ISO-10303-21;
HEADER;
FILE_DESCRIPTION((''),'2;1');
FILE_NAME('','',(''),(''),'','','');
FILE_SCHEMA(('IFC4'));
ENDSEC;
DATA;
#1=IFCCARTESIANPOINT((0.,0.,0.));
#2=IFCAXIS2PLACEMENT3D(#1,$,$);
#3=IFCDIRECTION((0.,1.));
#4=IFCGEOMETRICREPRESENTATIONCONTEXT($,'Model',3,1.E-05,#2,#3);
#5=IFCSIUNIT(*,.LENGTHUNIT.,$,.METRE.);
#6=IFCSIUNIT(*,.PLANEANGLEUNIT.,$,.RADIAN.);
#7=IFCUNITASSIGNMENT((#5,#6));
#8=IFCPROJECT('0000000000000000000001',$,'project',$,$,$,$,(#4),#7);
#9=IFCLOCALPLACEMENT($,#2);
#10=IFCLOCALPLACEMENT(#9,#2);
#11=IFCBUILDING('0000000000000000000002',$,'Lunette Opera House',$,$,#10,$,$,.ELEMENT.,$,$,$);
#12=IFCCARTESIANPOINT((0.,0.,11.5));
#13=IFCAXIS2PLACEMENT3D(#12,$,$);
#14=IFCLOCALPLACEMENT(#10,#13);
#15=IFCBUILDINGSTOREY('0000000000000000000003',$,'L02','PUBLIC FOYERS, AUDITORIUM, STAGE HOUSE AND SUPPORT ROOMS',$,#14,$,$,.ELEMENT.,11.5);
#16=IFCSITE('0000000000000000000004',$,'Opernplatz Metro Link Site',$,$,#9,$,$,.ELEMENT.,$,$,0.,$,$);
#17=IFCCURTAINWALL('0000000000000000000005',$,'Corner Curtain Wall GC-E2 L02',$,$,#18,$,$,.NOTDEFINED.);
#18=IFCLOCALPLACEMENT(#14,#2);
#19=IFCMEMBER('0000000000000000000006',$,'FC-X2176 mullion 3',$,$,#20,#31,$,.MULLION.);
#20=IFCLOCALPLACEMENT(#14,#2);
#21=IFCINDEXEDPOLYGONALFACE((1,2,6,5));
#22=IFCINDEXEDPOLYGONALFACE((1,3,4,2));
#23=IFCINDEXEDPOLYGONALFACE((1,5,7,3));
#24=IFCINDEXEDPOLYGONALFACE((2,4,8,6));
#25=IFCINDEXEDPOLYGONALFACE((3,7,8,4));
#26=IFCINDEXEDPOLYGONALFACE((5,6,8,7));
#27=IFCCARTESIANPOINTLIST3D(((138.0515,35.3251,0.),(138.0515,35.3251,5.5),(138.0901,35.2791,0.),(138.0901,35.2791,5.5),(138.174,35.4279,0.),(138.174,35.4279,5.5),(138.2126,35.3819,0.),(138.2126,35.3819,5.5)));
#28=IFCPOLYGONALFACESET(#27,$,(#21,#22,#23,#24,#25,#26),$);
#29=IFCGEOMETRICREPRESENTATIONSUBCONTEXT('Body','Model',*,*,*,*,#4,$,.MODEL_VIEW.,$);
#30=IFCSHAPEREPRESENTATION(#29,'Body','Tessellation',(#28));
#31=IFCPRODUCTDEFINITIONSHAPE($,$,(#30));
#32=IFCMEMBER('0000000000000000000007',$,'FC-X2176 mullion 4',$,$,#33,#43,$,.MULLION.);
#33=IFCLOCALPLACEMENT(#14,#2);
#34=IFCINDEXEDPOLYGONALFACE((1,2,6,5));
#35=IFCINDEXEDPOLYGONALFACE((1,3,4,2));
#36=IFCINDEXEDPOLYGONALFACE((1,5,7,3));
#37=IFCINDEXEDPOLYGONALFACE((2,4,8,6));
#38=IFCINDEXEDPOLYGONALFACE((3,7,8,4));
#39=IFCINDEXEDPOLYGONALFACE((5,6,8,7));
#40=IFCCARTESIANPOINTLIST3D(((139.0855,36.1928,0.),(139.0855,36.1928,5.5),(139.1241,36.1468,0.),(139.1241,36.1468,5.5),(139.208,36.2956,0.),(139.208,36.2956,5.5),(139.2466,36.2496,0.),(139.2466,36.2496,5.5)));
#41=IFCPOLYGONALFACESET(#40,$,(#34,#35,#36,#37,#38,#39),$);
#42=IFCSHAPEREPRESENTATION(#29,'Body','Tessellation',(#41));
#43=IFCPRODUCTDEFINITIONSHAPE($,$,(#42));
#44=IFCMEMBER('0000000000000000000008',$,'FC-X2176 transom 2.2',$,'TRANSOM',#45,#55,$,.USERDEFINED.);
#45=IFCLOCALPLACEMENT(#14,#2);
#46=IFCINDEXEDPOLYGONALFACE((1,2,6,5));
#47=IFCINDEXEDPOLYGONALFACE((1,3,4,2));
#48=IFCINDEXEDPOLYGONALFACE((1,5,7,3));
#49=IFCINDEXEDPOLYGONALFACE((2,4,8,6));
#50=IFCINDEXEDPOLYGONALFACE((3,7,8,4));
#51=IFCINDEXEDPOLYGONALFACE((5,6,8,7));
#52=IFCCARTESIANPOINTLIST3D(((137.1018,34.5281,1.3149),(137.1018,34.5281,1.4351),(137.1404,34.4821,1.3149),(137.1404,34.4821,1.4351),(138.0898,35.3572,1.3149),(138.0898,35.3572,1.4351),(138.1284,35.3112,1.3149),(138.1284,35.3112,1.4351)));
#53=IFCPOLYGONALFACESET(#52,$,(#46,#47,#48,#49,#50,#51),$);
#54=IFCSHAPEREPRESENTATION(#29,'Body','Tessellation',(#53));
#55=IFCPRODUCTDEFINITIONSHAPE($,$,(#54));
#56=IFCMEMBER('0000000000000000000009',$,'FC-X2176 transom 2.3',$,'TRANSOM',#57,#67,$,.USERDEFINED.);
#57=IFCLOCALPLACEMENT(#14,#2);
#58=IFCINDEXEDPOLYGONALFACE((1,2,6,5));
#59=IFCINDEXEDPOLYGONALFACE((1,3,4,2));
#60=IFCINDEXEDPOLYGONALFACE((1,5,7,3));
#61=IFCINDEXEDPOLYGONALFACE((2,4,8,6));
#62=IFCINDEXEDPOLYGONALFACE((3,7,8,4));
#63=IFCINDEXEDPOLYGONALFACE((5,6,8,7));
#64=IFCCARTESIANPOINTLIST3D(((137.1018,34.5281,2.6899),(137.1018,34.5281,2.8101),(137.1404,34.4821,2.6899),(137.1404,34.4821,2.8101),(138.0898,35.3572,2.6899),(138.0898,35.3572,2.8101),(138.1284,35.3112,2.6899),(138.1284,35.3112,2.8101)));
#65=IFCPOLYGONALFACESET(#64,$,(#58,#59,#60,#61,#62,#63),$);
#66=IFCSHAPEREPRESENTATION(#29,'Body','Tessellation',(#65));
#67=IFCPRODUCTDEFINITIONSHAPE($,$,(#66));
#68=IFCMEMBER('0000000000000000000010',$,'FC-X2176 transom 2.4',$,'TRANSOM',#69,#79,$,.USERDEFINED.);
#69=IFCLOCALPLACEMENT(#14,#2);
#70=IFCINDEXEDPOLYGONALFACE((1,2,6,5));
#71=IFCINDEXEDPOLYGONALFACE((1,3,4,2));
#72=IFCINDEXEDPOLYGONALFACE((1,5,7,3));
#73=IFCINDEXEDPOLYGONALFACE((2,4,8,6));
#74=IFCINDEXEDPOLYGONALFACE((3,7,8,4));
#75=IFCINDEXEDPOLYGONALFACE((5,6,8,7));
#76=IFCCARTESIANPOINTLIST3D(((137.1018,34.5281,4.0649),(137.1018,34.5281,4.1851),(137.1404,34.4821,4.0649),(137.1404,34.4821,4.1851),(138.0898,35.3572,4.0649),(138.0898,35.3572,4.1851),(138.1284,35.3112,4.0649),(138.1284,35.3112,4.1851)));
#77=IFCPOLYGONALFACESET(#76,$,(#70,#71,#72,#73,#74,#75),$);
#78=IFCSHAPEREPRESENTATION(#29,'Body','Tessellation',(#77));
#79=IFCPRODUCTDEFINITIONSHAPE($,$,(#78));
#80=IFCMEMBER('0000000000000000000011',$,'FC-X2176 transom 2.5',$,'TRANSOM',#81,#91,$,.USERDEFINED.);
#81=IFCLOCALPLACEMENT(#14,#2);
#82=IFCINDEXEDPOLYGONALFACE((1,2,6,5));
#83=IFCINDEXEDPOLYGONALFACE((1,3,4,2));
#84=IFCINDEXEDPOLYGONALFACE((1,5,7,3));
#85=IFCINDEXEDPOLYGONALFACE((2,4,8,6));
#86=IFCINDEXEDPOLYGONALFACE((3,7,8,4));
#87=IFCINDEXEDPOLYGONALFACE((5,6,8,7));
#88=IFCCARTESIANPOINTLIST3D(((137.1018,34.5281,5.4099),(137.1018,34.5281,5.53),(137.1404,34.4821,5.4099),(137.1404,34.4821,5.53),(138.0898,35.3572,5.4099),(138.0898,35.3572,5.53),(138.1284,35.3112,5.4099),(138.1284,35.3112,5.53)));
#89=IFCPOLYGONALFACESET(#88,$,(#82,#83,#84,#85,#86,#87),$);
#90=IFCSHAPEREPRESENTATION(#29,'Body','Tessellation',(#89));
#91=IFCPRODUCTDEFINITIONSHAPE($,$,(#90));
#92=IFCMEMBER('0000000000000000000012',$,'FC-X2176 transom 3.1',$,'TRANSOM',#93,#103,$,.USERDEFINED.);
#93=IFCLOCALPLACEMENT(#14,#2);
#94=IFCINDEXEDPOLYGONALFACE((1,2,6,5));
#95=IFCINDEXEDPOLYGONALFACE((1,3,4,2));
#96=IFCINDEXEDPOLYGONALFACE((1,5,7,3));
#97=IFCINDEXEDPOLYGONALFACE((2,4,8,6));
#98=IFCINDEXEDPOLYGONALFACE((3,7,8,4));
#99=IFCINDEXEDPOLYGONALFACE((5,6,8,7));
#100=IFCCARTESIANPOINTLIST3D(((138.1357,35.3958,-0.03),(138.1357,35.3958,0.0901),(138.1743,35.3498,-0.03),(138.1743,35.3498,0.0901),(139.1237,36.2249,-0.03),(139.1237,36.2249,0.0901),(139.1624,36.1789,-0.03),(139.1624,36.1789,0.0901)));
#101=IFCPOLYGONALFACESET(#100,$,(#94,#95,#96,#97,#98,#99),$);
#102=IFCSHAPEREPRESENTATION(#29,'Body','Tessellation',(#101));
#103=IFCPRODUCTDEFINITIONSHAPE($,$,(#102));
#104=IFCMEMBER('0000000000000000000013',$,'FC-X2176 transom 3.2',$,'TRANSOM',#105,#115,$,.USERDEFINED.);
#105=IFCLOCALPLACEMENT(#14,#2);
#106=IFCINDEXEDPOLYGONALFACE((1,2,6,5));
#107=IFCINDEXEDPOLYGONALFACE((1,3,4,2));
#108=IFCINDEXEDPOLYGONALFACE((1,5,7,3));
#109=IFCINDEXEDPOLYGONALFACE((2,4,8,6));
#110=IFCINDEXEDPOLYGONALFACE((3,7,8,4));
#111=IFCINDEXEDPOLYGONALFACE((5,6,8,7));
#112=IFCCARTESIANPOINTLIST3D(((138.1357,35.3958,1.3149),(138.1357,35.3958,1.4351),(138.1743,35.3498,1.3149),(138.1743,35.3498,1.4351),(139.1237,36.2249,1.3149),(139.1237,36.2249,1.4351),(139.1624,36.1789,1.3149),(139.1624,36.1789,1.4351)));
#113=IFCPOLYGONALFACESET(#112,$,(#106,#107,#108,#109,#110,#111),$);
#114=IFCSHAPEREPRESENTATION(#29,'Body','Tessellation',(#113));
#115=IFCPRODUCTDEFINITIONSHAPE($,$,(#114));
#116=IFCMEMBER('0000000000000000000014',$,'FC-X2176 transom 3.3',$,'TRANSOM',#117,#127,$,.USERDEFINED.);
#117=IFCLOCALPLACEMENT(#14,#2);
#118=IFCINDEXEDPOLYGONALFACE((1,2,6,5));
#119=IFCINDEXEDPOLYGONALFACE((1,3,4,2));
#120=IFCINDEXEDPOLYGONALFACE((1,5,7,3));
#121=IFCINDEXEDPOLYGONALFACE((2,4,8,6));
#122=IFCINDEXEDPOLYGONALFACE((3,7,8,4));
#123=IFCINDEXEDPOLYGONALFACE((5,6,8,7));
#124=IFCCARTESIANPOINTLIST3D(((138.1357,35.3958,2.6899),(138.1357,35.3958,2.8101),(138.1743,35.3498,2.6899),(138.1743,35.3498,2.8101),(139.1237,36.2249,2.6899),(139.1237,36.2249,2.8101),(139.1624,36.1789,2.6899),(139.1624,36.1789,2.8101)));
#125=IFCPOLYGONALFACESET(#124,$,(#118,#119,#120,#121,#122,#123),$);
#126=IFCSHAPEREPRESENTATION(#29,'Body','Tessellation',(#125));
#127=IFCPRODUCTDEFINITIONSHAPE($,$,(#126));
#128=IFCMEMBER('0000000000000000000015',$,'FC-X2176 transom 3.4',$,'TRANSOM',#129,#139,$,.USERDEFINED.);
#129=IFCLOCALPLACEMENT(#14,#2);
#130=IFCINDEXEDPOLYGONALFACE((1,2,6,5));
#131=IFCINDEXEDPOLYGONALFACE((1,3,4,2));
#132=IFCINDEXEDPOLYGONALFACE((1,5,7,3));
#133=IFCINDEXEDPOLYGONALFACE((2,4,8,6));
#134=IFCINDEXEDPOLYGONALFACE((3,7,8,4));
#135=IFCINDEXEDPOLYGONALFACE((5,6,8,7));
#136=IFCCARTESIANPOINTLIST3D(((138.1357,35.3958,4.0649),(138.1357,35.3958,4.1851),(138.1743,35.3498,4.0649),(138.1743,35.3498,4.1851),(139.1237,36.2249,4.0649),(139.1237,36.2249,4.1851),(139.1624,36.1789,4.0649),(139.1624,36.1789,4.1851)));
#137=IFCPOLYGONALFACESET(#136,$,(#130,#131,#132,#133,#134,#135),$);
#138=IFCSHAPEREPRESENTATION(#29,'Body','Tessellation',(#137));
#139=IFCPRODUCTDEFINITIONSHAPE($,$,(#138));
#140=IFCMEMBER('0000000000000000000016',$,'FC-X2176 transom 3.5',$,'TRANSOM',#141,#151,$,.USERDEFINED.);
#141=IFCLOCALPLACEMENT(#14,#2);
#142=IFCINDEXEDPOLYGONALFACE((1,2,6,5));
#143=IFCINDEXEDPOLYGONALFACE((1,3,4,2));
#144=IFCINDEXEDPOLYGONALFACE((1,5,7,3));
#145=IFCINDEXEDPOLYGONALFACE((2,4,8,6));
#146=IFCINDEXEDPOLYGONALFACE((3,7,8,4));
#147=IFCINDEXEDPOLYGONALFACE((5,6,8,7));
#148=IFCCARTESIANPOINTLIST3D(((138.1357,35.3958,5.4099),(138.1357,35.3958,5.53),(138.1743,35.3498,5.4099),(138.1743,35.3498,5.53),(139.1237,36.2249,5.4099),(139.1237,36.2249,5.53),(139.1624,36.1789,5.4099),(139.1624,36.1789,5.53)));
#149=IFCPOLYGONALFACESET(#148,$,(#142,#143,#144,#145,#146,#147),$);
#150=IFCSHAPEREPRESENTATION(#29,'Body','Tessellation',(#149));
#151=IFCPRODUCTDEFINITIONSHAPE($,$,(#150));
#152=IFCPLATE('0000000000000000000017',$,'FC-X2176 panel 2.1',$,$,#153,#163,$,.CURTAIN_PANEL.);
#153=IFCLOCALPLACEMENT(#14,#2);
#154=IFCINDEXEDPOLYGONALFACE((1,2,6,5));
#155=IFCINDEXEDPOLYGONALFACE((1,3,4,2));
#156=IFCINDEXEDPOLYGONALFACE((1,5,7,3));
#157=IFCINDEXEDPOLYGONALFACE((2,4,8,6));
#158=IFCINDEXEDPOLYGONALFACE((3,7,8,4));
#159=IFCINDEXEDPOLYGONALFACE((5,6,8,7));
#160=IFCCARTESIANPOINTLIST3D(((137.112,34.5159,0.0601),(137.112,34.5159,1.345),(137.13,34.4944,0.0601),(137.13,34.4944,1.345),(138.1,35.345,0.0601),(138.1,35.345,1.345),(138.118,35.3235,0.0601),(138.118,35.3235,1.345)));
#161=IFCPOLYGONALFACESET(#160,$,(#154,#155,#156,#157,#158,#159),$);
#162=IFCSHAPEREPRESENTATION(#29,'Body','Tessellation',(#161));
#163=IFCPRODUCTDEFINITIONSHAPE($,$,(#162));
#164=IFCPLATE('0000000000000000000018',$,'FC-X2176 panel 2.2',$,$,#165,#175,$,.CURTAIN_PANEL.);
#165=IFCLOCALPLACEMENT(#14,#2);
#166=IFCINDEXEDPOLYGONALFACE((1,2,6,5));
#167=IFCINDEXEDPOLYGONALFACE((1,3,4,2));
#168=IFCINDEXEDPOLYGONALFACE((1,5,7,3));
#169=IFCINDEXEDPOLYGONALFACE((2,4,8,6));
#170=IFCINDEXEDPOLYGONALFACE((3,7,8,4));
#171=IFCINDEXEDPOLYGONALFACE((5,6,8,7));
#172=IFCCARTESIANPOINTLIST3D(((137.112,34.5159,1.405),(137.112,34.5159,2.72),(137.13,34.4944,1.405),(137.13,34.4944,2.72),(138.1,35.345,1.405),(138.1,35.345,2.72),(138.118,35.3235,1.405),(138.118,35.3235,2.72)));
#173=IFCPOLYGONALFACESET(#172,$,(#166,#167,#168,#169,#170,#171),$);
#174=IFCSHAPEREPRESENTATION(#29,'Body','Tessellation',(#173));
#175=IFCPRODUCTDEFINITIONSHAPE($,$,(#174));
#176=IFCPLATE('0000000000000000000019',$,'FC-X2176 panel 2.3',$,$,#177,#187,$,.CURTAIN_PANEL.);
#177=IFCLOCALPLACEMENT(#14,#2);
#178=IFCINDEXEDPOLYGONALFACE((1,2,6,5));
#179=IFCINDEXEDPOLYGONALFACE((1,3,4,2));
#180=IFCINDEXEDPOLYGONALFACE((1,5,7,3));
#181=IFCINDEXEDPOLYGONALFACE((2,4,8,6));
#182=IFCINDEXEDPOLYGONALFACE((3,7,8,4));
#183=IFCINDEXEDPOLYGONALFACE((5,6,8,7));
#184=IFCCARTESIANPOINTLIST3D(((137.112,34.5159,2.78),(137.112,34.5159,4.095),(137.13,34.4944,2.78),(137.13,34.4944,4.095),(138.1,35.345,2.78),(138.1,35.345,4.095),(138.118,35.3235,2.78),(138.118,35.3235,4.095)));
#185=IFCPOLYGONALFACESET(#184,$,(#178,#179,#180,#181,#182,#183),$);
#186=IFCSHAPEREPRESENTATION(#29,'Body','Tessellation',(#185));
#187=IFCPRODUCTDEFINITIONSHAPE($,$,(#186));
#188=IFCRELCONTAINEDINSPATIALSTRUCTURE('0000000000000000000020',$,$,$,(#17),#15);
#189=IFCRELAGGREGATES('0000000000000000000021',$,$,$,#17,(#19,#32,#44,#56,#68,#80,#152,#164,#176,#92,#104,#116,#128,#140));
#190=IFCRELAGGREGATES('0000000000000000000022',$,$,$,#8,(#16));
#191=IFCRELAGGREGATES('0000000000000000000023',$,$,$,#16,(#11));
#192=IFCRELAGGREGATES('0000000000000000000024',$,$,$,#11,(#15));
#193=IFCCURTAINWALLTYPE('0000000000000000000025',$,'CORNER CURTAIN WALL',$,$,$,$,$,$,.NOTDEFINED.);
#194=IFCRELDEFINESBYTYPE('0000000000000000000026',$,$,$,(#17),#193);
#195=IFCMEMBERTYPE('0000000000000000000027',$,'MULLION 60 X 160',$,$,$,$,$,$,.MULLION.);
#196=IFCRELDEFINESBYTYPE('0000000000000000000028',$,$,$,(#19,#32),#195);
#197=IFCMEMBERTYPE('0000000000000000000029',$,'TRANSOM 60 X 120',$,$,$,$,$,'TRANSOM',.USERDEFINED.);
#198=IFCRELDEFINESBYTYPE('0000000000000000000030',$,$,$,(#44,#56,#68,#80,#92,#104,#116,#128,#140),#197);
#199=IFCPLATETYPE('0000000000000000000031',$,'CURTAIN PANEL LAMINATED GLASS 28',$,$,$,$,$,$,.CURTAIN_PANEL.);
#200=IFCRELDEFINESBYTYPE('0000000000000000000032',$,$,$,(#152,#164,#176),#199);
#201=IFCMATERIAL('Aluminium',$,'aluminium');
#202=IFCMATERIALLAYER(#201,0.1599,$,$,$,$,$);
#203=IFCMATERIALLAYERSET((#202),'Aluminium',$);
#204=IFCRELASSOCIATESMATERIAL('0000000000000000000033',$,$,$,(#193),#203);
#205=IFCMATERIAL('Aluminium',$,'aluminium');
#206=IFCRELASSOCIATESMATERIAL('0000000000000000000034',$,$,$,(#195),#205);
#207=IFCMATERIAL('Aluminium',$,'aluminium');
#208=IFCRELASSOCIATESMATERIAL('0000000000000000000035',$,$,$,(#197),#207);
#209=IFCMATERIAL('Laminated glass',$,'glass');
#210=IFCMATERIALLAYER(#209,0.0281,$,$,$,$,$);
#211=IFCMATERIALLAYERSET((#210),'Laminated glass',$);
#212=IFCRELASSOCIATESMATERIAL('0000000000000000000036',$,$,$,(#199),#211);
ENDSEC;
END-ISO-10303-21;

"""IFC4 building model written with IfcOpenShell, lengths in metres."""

from ifc_helpers import new_model, si_unit, direction, frame, origin, origin_2d, place, context, subcontext, project, spatial, rectangle, extrude, material, layer, layer_set, material_profile, profile_set, type_object, element, aggregate, save


model = new_model("IFC4")

# Units and contexts
model_context = context("Model", 3, precision=1e-05, world=origin(), true_north=direction((0.0, 1.0)))
body_context = subcontext(model_context, "Body", "Model", "MODEL_VIEW")
ifc_project = project(units=[si_unit("LENGTHUNIT", "METRE"), si_unit("PLANEANGLEUNIT", "RADIAN")], contexts=[model_context])

# Site, building, storey
site_placement = place(None, origin())
site = spatial("IfcSite", under=ifc_project, at=site_placement, Name="Opernplatz Metro Link Site", CompositionType="ELEMENT", RefElevation=0.0)
building_placement = place(site_placement, origin())
building = spatial("IfcBuilding", under=site, at=building_placement, Name="Lunette Opera House", CompositionType="ELEMENT")
storey_placement = place(building_placement, frame((0.0, 0.0, 11.5)))
storey = spatial("IfcBuildingStorey", under=building, at=storey_placement, Name="L02", Description="PUBLIC FOYERS, AUDITORIUM, STAGE HOUSE AND SUPPORT ROOMS", CompositionType="ELEMENT", Elevation=11.5)

# Curtain wall, members, plates
ifc_material_1 = material(Name="Aluminium", Category="aluminium")
ifc_layer_1 = layer(ifc_material_1, 0.1599)
ifc_layer_set_1 = layer_set([ifc_layer_1], Name="Aluminium")
curtain_wall_type = type_object("IfcCurtainWallType", Name="CORNER CURTAIN WALL", PredefinedType="NOTDEFINED", material=ifc_layer_set_1)
curtain_wall_placement = place(storey_placement, origin())
curtain_wall = element("IfcCurtainWall", 1, at=curtain_wall_placement, inside=storey, type_object=curtain_wall_type, Name="Corner Curtain Wall GC-E2 L02", PredefinedType="NOTDEFINED")
ifc_material_2 = material(Name="Aluminium", Category="aluminium")
ifc_material_profile_1 = material_profile(ifc_material_2, rectangle(XDim=0.0601, YDim=0.1599, at=origin_2d()), Name="MULLION 60 X 160")
ifc_profile_set_1 = profile_set([ifc_material_profile_1], Name="Aluminium")
member_type_1 = type_object("IfcMemberType", Name="MULLION 60 X 160", PredefinedType="MULLION", material=ifc_profile_set_1)
member_1_placement = place(storey_placement, frame((138.1321, 35.3535, 0.0), z_axis=(0.0, 0.0, 1.0), x_axis=(-0.64284, 0.766, 0.0)))
member_1 = element("IfcMember", 2, at=member_1_placement, type_object=member_type_1, Name="FC-X2176 mullion 3", PredefinedType="MULLION", context=body_context, shape_type="SweptSolid", body=[
    extrude(rectangle(XDim=0.0601, YDim=0.1599, at=origin_2d()), origin(), (0.0, 0.0, 1.0), 5.5),
])
member_2_placement = place(storey_placement, frame((139.166, 36.2212, 0.0), z_axis=(0.0, 0.0, 1.0), x_axis=(-0.64284, 0.766, 0.0)))
member_2 = element("IfcMember", 3, at=member_2_placement, type_object=member_type_1, Name="FC-X2176 mullion 4", PredefinedType="MULLION", context=body_context, shape_type="SweptSolid", body=[
    extrude(rectangle(XDim=0.0601, YDim=0.1599, at=origin_2d()), origin(), (0.0, 0.0, 1.0), 5.5),
])
ifc_material_3 = material(Name="Aluminium", Category="aluminium")
ifc_material_profile_2 = material_profile(ifc_material_3, rectangle(XDim=0.0601, YDim=0.1201, at=origin_2d()), Name="TRANSOM 60 X 120")
ifc_profile_set_2 = profile_set([ifc_material_profile_2], Name="Aluminium")
member_type_2 = type_object("IfcMemberType", Name="TRANSOM 60 X 120", ElementType="TRANSOM", PredefinedType="USERDEFINED", material=ifc_profile_set_2)
member_3_placement = place(storey_placement, frame((137.1211, 34.5051, 1.375), z_axis=(0.766029, 0.642806, 0.0), x_axis=(-0.642806, 0.766029, 0.0)))
member_3 = element("IfcMember", 4, at=member_3_placement, type_object=member_type_2, Name="FC-X2176 transom 2.2", ObjectType="TRANSOM", PredefinedType="USERDEFINED", context=body_context, shape_type="SweptSolid", body=[
    extrude(rectangle(XDim=0.0601, YDim=0.1201, at=origin_2d()), origin(), (0.0, 0.0, 1.0), 1.2898),
])
member_4_placement = place(storey_placement, frame((137.1211, 34.5051, 2.75), z_axis=(0.766029, 0.642806, 0.0), x_axis=(-0.642806, 0.766029, 0.0)))
member_4 = element("IfcMember", 5, at=member_4_placement, type_object=member_type_2, Name="FC-X2176 transom 2.3", ObjectType="TRANSOM", PredefinedType="USERDEFINED", context=body_context, shape_type="SweptSolid", body=[
    extrude(rectangle(XDim=0.0601, YDim=0.1201, at=origin_2d()), origin(), (0.0, 0.0, 1.0), 1.2898),
])
member_5_placement = place(storey_placement, frame((137.1211, 34.5051, 4.125), z_axis=(0.766029, 0.642806, 0.0), x_axis=(-0.642806, 0.766029, 0.0)))
member_5 = element("IfcMember", 6, at=member_5_placement, type_object=member_type_2, Name="FC-X2176 transom 2.4", ObjectType="TRANSOM", PredefinedType="USERDEFINED", context=body_context, shape_type="SweptSolid", body=[
    extrude(rectangle(XDim=0.0601, YDim=0.1201, at=origin_2d()), origin(), (0.0, 0.0, 1.0), 1.2898),
])
member_6_placement = place(storey_placement, frame((137.1211, 34.5051, 5.47), z_axis=(0.766029, 0.642806, 0.0), x_axis=(-0.642806, 0.766029, 0.0)))
member_6 = element("IfcMember", 7, at=member_6_placement, type_object=member_type_2, Name="FC-X2176 transom 2.5", ObjectType="TRANSOM", PredefinedType="USERDEFINED", context=body_context, shape_type="SweptSolid", body=[
    extrude(rectangle(XDim=0.0601, YDim=0.1201, at=origin_2d()), origin(), (0.0, 0.0, 1.0), 1.2898),
])
member_7_placement = place(storey_placement, frame((138.155, 35.3728, 0.03), z_axis=(0.766029, 0.642806, 0.0), x_axis=(-0.642806, 0.766029, 0.0)))
member_7 = element("IfcMember", 8, at=member_7_placement, type_object=member_type_2, Name="FC-X2176 transom 3.1", ObjectType="TRANSOM", PredefinedType="USERDEFINED", context=body_context, shape_type="SweptSolid", body=[
    extrude(rectangle(XDim=0.0601, YDim=0.1201, at=origin_2d()), origin(), (0.0, 0.0, 1.0), 1.2898),
])
member_8_placement = place(storey_placement, frame((138.155, 35.3728, 1.375), z_axis=(0.766029, 0.642806, 0.0), x_axis=(-0.642806, 0.766029, 0.0)))
member_8 = element("IfcMember", 9, at=member_8_placement, type_object=member_type_2, Name="FC-X2176 transom 3.2", ObjectType="TRANSOM", PredefinedType="USERDEFINED", context=body_context, shape_type="SweptSolid", body=[
    extrude(rectangle(XDim=0.0601, YDim=0.1201, at=origin_2d()), origin(), (0.0, 0.0, 1.0), 1.2898),
])
member_9_placement = place(storey_placement, frame((138.155, 35.3728, 2.75), z_axis=(0.766029, 0.642806, 0.0), x_axis=(-0.642806, 0.766029, 0.0)))
member_9 = element("IfcMember", 10, at=member_9_placement, type_object=member_type_2, Name="FC-X2176 transom 3.3", ObjectType="TRANSOM", PredefinedType="USERDEFINED", context=body_context, shape_type="SweptSolid", body=[
    extrude(rectangle(XDim=0.0601, YDim=0.1201, at=origin_2d()), origin(), (0.0, 0.0, 1.0), 1.2898),
])
member_10_placement = place(storey_placement, frame((138.155, 35.3728, 4.125), z_axis=(0.766029, 0.642806, 0.0), x_axis=(-0.642806, 0.766029, 0.0)))
member_10 = element("IfcMember", 11, at=member_10_placement, type_object=member_type_2, Name="FC-X2176 transom 3.4", ObjectType="TRANSOM", PredefinedType="USERDEFINED", context=body_context, shape_type="SweptSolid", body=[
    extrude(rectangle(XDim=0.0601, YDim=0.1201, at=origin_2d()), origin(), (0.0, 0.0, 1.0), 1.2898),
])
member_11_placement = place(storey_placement, frame((138.155, 35.3728, 5.47), z_axis=(0.766029, 0.642806, 0.0), x_axis=(-0.642806, 0.766029, 0.0)))
member_11 = element("IfcMember", 12, at=member_11_placement, type_object=member_type_2, Name="FC-X2176 transom 3.5", ObjectType="TRANSOM", PredefinedType="USERDEFINED", context=body_context, shape_type="SweptSolid", body=[
    extrude(rectangle(XDim=0.0601, YDim=0.1201, at=origin_2d()), origin(), (0.0, 0.0, 1.0), 1.2898),
])
ifc_material_4 = material(Name="Laminated glass", Category="glass")
ifc_layer_2 = layer(ifc_material_4, 0.0281)
ifc_layer_set_2 = layer_set([ifc_layer_2], Name="Laminated glass")
plate_type = type_object("IfcPlateType", Name="CURTAIN PANEL LAMINATED GLASS 28", PredefinedType="CURTAIN_PANEL", material=ifc_layer_set_2)
plate_1_placement = place(storey_placement, frame((137.615, 34.9197, 0.0601), z_axis=(0.0, 0.0, 1.0), x_axis=(0.766, 0.64284, 0.0)))
plate_1 = element("IfcPlate", 13, at=plate_1_placement, type_object=plate_type, Name="FC-X2176 panel 2.1", PredefinedType="CURTAIN_PANEL", context=body_context, shape_type="SweptSolid", body=[
    extrude(rectangle(XDim=1.2898, YDim=0.0281, at=origin_2d()), origin(), (0.0, 0.0, 1.0), 1.2849),
])
plate_2_placement = place(storey_placement, frame((137.615, 34.9197, 1.405), z_axis=(0.0, 0.0, 1.0), x_axis=(0.766, 0.64284, 0.0)))
plate_2 = element("IfcPlate", 14, at=plate_2_placement, type_object=plate_type, Name="FC-X2176 panel 2.2", PredefinedType="CURTAIN_PANEL", context=body_context, shape_type="SweptSolid", body=[
    extrude(rectangle(XDim=1.2898, YDim=0.0281, at=origin_2d()), origin(), (0.0, 0.0, 1.0), 1.3149),
])
plate_3_placement = place(storey_placement, frame((137.615, 34.9197, 2.78), z_axis=(0.0, 0.0, 1.0), x_axis=(0.766, 0.64284, 0.0)))
plate_3 = element("IfcPlate", 15, at=plate_3_placement, type_object=plate_type, Name="FC-X2176 panel 2.3", PredefinedType="CURTAIN_PANEL", context=body_context, shape_type="SweptSolid", body=[
    extrude(rectangle(XDim=1.2898, YDim=0.0281, at=origin_2d()), origin(), (0.0, 0.0, 1.0), 1.3149),
])
aggregate(curtain_wall, [member_1, member_2, member_3, member_4, member_5, member_6, plate_1, plate_2, plate_3, member_7, member_8, member_9, member_10, member_11])

save(model, "model.ifc")
